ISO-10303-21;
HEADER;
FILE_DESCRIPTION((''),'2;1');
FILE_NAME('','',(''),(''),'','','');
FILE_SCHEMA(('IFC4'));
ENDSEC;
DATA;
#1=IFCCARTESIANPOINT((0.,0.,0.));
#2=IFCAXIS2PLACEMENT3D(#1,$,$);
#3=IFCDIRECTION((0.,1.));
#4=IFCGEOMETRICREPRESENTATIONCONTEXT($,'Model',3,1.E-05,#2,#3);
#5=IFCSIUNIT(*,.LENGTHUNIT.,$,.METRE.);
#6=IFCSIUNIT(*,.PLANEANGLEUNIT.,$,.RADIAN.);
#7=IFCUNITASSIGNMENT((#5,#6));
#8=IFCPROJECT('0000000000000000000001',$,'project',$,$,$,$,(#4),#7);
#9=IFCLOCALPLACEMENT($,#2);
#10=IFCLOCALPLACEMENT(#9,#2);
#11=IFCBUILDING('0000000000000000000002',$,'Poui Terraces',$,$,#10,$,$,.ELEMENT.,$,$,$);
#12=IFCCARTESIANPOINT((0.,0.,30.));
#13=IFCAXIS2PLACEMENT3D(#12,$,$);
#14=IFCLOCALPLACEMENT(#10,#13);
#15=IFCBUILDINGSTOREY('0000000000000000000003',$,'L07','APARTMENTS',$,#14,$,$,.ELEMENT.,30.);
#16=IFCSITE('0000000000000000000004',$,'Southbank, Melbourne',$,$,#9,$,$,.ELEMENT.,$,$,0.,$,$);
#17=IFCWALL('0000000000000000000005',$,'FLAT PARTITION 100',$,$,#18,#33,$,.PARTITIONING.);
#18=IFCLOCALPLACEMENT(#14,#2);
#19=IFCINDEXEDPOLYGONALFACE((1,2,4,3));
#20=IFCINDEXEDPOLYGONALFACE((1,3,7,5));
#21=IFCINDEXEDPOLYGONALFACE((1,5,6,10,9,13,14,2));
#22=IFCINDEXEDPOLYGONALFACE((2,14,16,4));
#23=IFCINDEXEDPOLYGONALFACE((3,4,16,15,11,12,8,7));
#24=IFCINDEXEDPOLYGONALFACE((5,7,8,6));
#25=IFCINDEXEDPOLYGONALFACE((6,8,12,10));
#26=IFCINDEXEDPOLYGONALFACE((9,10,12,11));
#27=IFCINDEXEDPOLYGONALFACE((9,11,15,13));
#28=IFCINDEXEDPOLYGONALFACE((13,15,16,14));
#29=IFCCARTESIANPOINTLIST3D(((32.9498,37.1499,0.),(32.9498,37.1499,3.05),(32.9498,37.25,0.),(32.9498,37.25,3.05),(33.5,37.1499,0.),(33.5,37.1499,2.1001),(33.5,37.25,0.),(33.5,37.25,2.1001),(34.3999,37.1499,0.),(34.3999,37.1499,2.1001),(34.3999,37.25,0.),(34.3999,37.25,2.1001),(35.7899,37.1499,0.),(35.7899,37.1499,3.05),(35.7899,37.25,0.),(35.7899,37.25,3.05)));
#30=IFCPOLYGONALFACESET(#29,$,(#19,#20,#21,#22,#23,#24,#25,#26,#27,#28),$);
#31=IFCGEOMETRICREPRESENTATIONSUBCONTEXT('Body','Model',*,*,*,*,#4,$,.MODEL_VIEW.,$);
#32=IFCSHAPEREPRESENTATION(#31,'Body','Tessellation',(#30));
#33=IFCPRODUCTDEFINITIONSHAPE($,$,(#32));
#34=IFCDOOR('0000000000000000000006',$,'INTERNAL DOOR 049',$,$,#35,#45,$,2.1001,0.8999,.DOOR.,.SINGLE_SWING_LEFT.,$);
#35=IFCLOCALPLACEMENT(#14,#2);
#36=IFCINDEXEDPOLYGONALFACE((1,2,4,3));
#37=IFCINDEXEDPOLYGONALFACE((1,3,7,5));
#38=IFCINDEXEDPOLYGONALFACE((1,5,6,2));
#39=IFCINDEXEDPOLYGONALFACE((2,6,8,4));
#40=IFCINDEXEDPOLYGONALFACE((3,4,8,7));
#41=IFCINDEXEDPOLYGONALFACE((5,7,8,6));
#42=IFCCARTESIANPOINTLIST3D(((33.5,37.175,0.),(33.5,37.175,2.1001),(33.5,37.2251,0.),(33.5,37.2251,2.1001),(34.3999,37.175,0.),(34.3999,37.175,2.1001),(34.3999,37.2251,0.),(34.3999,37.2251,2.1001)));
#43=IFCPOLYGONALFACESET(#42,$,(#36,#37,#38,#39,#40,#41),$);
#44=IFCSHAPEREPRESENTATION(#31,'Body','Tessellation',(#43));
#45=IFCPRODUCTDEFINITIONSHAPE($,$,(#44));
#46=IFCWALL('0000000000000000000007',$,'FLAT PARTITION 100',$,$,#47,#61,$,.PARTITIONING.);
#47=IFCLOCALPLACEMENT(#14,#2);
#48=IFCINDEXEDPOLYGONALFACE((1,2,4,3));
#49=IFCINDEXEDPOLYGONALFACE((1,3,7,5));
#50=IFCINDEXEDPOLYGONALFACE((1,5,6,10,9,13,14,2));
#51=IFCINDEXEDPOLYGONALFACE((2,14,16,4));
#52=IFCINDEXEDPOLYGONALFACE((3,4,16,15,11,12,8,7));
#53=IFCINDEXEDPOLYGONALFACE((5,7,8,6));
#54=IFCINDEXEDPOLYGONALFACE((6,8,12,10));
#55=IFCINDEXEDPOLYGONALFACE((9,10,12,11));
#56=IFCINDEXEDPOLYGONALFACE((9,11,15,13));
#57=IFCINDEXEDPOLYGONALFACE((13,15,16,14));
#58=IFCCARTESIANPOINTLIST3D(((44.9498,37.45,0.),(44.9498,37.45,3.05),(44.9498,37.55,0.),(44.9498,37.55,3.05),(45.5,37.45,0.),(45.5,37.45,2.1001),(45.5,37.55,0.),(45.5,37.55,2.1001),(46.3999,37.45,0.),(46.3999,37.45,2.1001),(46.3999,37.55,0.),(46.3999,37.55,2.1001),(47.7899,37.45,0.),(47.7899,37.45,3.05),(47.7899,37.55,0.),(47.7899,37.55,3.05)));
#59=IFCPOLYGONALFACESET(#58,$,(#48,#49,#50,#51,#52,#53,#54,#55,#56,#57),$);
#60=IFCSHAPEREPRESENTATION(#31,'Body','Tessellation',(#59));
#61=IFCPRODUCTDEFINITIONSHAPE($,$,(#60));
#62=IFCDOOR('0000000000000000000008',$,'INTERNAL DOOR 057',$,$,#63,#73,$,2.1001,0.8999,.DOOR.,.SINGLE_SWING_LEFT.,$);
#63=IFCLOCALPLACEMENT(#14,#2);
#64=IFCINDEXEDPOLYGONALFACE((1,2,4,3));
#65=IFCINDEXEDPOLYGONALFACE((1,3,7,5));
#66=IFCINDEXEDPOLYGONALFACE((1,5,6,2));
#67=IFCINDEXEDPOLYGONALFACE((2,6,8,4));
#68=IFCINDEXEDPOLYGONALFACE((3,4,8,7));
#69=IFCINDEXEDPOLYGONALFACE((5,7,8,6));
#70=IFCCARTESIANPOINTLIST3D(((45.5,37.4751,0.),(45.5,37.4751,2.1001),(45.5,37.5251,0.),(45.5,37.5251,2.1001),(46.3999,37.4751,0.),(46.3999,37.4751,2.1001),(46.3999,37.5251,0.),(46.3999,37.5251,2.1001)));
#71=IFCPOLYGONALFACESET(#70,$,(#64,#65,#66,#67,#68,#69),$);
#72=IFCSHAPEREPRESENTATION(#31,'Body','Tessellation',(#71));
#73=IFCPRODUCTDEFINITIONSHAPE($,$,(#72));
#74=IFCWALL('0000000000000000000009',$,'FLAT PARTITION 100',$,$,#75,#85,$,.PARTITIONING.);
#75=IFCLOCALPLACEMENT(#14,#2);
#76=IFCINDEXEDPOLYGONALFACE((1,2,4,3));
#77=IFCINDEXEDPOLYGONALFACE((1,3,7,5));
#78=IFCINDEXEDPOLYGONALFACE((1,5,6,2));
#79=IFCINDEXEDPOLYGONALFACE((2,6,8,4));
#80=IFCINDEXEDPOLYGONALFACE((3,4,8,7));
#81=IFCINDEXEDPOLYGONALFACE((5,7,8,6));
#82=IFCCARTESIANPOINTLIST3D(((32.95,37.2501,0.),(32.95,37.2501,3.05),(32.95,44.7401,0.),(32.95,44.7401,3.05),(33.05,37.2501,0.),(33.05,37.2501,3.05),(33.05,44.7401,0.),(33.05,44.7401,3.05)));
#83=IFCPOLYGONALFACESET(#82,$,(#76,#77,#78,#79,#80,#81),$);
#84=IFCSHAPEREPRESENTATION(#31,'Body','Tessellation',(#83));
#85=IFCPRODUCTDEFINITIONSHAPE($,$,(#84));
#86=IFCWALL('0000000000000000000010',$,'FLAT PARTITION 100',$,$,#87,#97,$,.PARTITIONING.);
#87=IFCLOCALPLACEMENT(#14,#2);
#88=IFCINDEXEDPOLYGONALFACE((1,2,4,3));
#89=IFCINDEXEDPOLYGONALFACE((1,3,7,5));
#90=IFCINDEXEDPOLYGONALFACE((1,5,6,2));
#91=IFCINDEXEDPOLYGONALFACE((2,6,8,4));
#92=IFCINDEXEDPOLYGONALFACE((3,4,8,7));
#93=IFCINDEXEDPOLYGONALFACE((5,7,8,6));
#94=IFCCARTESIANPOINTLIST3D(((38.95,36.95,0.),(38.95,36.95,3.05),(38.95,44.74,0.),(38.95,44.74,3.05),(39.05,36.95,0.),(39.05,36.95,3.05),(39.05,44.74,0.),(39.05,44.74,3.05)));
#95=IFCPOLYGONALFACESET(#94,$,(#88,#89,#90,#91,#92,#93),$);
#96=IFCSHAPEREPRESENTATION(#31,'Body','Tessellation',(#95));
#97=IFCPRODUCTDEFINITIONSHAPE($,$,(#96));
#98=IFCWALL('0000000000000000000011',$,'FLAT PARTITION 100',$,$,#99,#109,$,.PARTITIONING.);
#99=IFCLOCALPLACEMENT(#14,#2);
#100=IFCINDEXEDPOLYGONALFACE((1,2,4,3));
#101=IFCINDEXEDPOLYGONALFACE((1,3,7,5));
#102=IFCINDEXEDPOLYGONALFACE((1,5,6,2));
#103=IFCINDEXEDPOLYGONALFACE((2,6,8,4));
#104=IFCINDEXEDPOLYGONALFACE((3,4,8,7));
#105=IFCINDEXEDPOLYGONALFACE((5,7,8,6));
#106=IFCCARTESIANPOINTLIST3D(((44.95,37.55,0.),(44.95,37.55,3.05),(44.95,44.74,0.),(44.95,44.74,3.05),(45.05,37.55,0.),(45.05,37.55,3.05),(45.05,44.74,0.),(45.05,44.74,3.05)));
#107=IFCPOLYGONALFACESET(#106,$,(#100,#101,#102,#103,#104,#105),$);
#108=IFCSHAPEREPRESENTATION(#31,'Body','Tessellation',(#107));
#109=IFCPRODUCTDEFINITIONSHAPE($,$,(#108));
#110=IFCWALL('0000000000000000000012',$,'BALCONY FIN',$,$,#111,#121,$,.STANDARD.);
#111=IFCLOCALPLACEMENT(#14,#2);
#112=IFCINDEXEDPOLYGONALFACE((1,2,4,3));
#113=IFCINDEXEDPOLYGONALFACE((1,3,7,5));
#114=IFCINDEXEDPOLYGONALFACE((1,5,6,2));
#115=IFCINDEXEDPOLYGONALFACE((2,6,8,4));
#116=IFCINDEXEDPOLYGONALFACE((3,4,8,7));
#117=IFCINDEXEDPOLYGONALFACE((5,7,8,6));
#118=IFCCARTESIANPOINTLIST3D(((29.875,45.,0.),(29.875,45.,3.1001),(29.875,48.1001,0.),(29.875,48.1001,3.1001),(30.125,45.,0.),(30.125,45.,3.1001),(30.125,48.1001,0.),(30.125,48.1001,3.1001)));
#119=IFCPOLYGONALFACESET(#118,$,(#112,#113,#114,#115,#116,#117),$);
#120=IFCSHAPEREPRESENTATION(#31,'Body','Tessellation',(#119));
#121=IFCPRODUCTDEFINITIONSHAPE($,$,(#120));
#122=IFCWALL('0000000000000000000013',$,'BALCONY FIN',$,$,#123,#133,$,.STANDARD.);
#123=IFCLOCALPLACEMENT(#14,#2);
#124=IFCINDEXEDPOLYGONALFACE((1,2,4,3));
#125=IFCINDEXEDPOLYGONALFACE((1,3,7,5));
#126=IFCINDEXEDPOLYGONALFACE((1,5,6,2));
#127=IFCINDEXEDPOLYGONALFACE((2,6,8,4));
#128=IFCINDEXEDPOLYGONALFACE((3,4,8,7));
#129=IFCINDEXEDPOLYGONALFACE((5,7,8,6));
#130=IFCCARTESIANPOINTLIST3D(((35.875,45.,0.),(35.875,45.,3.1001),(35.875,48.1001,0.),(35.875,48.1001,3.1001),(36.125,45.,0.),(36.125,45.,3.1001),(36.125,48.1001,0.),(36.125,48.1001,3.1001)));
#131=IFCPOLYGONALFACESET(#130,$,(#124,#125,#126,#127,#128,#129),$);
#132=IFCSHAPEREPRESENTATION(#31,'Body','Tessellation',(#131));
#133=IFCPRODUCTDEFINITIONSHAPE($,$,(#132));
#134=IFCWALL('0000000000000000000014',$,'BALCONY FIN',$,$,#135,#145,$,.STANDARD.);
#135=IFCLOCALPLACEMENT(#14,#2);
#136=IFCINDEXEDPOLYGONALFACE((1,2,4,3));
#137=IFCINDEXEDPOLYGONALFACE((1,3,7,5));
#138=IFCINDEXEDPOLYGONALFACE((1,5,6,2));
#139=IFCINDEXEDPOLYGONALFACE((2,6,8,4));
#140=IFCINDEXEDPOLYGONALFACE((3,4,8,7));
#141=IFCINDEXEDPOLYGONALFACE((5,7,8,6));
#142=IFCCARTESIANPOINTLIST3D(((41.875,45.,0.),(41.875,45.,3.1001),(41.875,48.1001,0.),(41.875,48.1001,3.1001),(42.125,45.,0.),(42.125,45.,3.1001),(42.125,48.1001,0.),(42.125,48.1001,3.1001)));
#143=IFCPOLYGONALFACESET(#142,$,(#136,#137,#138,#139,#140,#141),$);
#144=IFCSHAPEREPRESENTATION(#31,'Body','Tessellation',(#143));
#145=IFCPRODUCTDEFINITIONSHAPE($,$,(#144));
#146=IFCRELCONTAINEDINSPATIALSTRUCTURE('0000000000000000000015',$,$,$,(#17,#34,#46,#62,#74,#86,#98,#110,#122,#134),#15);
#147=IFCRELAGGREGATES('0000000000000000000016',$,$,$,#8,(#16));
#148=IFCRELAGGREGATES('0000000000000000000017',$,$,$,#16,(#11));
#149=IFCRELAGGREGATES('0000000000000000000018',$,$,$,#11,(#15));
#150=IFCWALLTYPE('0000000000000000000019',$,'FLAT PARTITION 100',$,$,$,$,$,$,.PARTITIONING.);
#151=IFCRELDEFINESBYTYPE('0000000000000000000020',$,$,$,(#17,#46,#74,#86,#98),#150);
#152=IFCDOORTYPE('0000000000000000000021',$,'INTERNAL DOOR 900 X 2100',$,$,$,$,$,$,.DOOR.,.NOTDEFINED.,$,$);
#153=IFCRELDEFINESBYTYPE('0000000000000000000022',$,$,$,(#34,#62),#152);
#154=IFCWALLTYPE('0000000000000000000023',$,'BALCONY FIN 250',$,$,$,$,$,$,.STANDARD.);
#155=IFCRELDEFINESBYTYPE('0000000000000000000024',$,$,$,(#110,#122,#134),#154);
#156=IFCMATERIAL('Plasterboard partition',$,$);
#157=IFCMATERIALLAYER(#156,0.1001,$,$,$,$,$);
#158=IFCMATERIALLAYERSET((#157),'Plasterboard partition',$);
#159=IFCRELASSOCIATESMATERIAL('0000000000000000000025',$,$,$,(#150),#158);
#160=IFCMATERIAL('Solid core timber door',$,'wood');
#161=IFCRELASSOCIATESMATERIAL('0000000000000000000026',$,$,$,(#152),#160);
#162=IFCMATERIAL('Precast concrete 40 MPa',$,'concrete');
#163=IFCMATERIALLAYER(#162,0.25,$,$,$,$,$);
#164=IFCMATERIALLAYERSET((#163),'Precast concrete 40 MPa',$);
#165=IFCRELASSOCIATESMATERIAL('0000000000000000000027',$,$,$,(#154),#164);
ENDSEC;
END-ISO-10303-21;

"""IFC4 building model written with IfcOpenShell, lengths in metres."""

from ifc_helpers import new_model, si_unit, direction, frame, frame_2d, origin, place, context, subcontext, project, spatial, polyline, rectangle, outline, extrude, source, transform, mapped, material, layer, layer_set, type_object, element, fill, save


model = new_model("IFC4")

# Units and contexts
model_context = context("Model", 3, precision=1e-05, world=origin(), true_north=direction((0.0, 1.0)))
body_context = subcontext(model_context, "Body", "Model", "MODEL_VIEW")
ifc_project = project(units=[si_unit("LENGTHUNIT", "METRE"), si_unit("PLANEANGLEUNIT", "RADIAN")], contexts=[model_context])

# Site, building, storey
site_placement = place(None, origin())
site = spatial("IfcSite", under=ifc_project, at=site_placement, Name="Southbank, Melbourne", CompositionType="ELEMENT", RefElevation=0.0)
building_placement = place(site_placement, origin())
building = spatial("IfcBuilding", under=site, at=building_placement, Name="Poui Terraces", CompositionType="ELEMENT")
storey_placement = place(building_placement, frame((0.0, 0.0, 30.0)))
storey = spatial("IfcBuildingStorey", under=building, at=storey_placement, Name="L07", Description="APARTMENTS", CompositionType="ELEMENT", Elevation=30.0)

# Walls, openings, doors
ifc_material_1 = material(Name="Plasterboard partition")
ifc_layer_1 = layer(ifc_material_1, 0.1001)
ifc_layer_set_1 = layer_set([ifc_layer_1], Name="Plasterboard partition")
wall_type_1 = type_object("IfcWallType", Name="FLAT PARTITION 100", PredefinedType="PARTITIONING", material=ifc_layer_set_1)
wall_1_placement = place(storey_placement, frame((32.95, 37.2, 0.0), z_axis=(0.0, 0.0, 1.0), x_axis=(1.0, 0.0, 0.0)))
wall_1 = element("IfcWall", 1, at=wall_1_placement, inside=storey, type_object=wall_type_1, Name="FLAT PARTITION 100", PredefinedType="PARTITIONING", context=body_context, shape_type="SweptSolid", body=[
    extrude(rectangle(XDim=2.8401, YDim=0.1001, at=frame_2d((1.4199, 0.0))), origin(), (0.0, 0.0, 1.0), 3.05),
])
opening_1_placement = place(wall_1_placement, frame((0.55, 0.0, 0.0)))
opening_1 = element("IfcOpeningElement", 2, at=opening_1_placement, cuts=wall_1, PredefinedType="OPENING", context=body_context, shape_type="SweptSolid", body=[
    extrude(rectangle(XDim=0.8999, YDim=2.1001, at=frame_2d((0.45, 1.05))), frame((0.0, 0.0601, 0.0), z_axis=(0.0, -1.0, 0.0), x_axis=(1.0, 0.0, 0.0)), (0.0, 0.0, 1.0), 0.1201),
])
ifc_material_2 = material(Name="Solid core timber door", Category="wood")
door_type = type_object("IfcDoorType", Name="INTERNAL DOOR 900 X 2100", OperationType="NOTDEFINED", PredefinedType="DOOR", material=ifc_material_2)
door_1_placement = place(opening_1_placement, frame((0.8999, 0.0, 0.0), z_axis=(0.0, 0.0, 1.0), x_axis=(-1.0, 0.0, 0.0)))
door_1 = element("IfcDoor", 3, at=door_1_placement, inside=storey, type_object=door_type, Name="INTERNAL DOOR 049", OperationType="SINGLE_SWING_LEFT", OverallHeight=2.1001, OverallWidth=0.8999, PredefinedType="DOOR", context=body_context, shape_type="SweptSolid", body=[
    extrude(rectangle(XDim=0.8999, YDim=2.1001, at=frame_2d((0.45, 1.05))), frame((0.0, 0.0249, 0.0), z_axis=(0.0, -1.0, 0.0), x_axis=(1.0, 0.0, 0.0)), (0.0, 0.0, 1.0), 0.05),
])
fill(opening_1, door_1)
wall_2_placement = place(storey_placement, frame((44.95, 37.5, 0.0), z_axis=(0.0, 0.0, 1.0), x_axis=(1.0, 0.0, 0.0)))
wall_2 = element("IfcWall", 4, at=wall_2_placement, inside=storey, type_object=wall_type_1, Name="FLAT PARTITION 100", PredefinedType="PARTITIONING", context=body_context, shape_type="SweptSolid", body=[
    extrude(rectangle(XDim=2.8401, YDim=0.1001, at=frame_2d((1.4199, 0.0))), origin(), (0.0, 0.0, 1.0), 3.05),
])
opening_2_placement = place(wall_2_placement, frame((0.55, 0.0, 0.0)))
opening_2 = element("IfcOpeningElement", 5, at=opening_2_placement, cuts=wall_2, PredefinedType="OPENING", context=body_context, shape_type="SweptSolid", body=[
    extrude(rectangle(XDim=0.8999, YDim=2.1001, at=frame_2d((0.45, 1.05))), frame((0.0, 0.0601, 0.0), z_axis=(0.0, -1.0, 0.0), x_axis=(1.0, 0.0, 0.0)), (0.0, 0.0, 1.0), 0.1201),
])
door_2_placement = place(opening_2_placement, frame((0.8999, 0.0, 0.0), z_axis=(0.0, 0.0, 1.0), x_axis=(-1.0, 0.0, 0.0)))
door_2 = element("IfcDoor", 6, at=door_2_placement, inside=storey, type_object=door_type, Name="INTERNAL DOOR 057", OperationType="SINGLE_SWING_LEFT", OverallHeight=2.1001, OverallWidth=0.8999, PredefinedType="DOOR", context=body_context, shape_type="SweptSolid", body=[
    extrude(rectangle(XDim=0.8999, YDim=2.1001, at=frame_2d((0.45, 1.05))), frame((0.0, 0.0249, 0.0), z_axis=(0.0, -1.0, 0.0), x_axis=(1.0, 0.0, 0.0)), (0.0, 0.0, 1.0), 0.05),
])
fill(opening_2, door_2)

# Walls
wall_3_placement = place(storey_placement, frame((33.0, 37.25, 0.0), z_axis=(0.0, 0.0, 1.0), x_axis=(0.0, 1.0, 0.0)))
element("IfcWall", 7, at=wall_3_placement, inside=storey, type_object=wall_type_1, Name="FLAT PARTITION 100", PredefinedType="PARTITIONING", context=body_context, shape_type="SweptSolid", body=[
    extrude(rectangle(XDim=7.49, YDim=0.1001, at=frame_2d((3.7451, 0.0))), origin(), (0.0, 0.0, 1.0), 3.05),
])
wall_4_placement = place(storey_placement, frame((39.0, 36.95, 0.0), z_axis=(0.0, 0.0, 1.0), x_axis=(0.0, 1.0, 0.0)))
element("IfcWall", 8, at=wall_4_placement, inside=storey, type_object=wall_type_1, Name="FLAT PARTITION 100", PredefinedType="PARTITIONING", context=body_context, shape_type="SweptSolid", body=[
    extrude(rectangle(XDim=7.79, YDim=0.1001, at=frame_2d((3.895, 0.0))), origin(), (0.0, 0.0, 1.0), 3.05),
])
wall_5_placement = place(storey_placement, frame((45.0, 37.55, 0.0), z_axis=(0.0, 0.0, 1.0), x_axis=(0.0, 1.0, 0.0)))
element("IfcWall", 9, at=wall_5_placement, inside=storey, type_object=wall_type_1, Name="FLAT PARTITION 100", PredefinedType="PARTITIONING", context=body_context, shape_type="SweptSolid", body=[
    extrude(rectangle(XDim=7.1899, YDim=0.1001, at=frame_2d((3.595, 0.0))), origin(), (0.0, 0.0, 1.0), 3.05),
])
ifc_material_3 = material(Name="Precast concrete 40 MPa", Category="concrete")
ifc_layer_2 = layer(ifc_material_3, 0.25)
ifc_layer_set_2 = layer_set([ifc_layer_2], Name="Precast concrete 40 MPa")
wall_type_2 = type_object("IfcWallType", Name="BALCONY FIN 250", PredefinedType="STANDARD", material=ifc_layer_set_2)
shared_shape_1 = source(origin(), body_context, "Body", "SweptSolid", [
    extrude(outline(polyline([(0.0, 0.0), (0.25, 0.0), (0.25, 3.1001), (0.0, 3.1001), (0.0, 0.0)])), origin(), (0.0, 0.0, 1.0), 3.1001),
])
for number, where, name in (
    (10, (29.875, 45.0, 0.0), "BALCONY FIN"),
    (11, (35.875, 45.0, 0.0), "BALCONY FIN"),
    (12, (41.875, 45.0, 0.0), "BALCONY FIN"),
):
    element("IfcWall", number, at=place(storey_placement, frame(where)), inside=storey, type_object=wall_type_2, Name=name, PredefinedType="STANDARD", context=body_context, shape_type="MappedRepresentation", body=[
        mapped(shared_shape_1, transform((0.0, 0.0, 0.0))),
    ])

save(model, "model.ifc")
